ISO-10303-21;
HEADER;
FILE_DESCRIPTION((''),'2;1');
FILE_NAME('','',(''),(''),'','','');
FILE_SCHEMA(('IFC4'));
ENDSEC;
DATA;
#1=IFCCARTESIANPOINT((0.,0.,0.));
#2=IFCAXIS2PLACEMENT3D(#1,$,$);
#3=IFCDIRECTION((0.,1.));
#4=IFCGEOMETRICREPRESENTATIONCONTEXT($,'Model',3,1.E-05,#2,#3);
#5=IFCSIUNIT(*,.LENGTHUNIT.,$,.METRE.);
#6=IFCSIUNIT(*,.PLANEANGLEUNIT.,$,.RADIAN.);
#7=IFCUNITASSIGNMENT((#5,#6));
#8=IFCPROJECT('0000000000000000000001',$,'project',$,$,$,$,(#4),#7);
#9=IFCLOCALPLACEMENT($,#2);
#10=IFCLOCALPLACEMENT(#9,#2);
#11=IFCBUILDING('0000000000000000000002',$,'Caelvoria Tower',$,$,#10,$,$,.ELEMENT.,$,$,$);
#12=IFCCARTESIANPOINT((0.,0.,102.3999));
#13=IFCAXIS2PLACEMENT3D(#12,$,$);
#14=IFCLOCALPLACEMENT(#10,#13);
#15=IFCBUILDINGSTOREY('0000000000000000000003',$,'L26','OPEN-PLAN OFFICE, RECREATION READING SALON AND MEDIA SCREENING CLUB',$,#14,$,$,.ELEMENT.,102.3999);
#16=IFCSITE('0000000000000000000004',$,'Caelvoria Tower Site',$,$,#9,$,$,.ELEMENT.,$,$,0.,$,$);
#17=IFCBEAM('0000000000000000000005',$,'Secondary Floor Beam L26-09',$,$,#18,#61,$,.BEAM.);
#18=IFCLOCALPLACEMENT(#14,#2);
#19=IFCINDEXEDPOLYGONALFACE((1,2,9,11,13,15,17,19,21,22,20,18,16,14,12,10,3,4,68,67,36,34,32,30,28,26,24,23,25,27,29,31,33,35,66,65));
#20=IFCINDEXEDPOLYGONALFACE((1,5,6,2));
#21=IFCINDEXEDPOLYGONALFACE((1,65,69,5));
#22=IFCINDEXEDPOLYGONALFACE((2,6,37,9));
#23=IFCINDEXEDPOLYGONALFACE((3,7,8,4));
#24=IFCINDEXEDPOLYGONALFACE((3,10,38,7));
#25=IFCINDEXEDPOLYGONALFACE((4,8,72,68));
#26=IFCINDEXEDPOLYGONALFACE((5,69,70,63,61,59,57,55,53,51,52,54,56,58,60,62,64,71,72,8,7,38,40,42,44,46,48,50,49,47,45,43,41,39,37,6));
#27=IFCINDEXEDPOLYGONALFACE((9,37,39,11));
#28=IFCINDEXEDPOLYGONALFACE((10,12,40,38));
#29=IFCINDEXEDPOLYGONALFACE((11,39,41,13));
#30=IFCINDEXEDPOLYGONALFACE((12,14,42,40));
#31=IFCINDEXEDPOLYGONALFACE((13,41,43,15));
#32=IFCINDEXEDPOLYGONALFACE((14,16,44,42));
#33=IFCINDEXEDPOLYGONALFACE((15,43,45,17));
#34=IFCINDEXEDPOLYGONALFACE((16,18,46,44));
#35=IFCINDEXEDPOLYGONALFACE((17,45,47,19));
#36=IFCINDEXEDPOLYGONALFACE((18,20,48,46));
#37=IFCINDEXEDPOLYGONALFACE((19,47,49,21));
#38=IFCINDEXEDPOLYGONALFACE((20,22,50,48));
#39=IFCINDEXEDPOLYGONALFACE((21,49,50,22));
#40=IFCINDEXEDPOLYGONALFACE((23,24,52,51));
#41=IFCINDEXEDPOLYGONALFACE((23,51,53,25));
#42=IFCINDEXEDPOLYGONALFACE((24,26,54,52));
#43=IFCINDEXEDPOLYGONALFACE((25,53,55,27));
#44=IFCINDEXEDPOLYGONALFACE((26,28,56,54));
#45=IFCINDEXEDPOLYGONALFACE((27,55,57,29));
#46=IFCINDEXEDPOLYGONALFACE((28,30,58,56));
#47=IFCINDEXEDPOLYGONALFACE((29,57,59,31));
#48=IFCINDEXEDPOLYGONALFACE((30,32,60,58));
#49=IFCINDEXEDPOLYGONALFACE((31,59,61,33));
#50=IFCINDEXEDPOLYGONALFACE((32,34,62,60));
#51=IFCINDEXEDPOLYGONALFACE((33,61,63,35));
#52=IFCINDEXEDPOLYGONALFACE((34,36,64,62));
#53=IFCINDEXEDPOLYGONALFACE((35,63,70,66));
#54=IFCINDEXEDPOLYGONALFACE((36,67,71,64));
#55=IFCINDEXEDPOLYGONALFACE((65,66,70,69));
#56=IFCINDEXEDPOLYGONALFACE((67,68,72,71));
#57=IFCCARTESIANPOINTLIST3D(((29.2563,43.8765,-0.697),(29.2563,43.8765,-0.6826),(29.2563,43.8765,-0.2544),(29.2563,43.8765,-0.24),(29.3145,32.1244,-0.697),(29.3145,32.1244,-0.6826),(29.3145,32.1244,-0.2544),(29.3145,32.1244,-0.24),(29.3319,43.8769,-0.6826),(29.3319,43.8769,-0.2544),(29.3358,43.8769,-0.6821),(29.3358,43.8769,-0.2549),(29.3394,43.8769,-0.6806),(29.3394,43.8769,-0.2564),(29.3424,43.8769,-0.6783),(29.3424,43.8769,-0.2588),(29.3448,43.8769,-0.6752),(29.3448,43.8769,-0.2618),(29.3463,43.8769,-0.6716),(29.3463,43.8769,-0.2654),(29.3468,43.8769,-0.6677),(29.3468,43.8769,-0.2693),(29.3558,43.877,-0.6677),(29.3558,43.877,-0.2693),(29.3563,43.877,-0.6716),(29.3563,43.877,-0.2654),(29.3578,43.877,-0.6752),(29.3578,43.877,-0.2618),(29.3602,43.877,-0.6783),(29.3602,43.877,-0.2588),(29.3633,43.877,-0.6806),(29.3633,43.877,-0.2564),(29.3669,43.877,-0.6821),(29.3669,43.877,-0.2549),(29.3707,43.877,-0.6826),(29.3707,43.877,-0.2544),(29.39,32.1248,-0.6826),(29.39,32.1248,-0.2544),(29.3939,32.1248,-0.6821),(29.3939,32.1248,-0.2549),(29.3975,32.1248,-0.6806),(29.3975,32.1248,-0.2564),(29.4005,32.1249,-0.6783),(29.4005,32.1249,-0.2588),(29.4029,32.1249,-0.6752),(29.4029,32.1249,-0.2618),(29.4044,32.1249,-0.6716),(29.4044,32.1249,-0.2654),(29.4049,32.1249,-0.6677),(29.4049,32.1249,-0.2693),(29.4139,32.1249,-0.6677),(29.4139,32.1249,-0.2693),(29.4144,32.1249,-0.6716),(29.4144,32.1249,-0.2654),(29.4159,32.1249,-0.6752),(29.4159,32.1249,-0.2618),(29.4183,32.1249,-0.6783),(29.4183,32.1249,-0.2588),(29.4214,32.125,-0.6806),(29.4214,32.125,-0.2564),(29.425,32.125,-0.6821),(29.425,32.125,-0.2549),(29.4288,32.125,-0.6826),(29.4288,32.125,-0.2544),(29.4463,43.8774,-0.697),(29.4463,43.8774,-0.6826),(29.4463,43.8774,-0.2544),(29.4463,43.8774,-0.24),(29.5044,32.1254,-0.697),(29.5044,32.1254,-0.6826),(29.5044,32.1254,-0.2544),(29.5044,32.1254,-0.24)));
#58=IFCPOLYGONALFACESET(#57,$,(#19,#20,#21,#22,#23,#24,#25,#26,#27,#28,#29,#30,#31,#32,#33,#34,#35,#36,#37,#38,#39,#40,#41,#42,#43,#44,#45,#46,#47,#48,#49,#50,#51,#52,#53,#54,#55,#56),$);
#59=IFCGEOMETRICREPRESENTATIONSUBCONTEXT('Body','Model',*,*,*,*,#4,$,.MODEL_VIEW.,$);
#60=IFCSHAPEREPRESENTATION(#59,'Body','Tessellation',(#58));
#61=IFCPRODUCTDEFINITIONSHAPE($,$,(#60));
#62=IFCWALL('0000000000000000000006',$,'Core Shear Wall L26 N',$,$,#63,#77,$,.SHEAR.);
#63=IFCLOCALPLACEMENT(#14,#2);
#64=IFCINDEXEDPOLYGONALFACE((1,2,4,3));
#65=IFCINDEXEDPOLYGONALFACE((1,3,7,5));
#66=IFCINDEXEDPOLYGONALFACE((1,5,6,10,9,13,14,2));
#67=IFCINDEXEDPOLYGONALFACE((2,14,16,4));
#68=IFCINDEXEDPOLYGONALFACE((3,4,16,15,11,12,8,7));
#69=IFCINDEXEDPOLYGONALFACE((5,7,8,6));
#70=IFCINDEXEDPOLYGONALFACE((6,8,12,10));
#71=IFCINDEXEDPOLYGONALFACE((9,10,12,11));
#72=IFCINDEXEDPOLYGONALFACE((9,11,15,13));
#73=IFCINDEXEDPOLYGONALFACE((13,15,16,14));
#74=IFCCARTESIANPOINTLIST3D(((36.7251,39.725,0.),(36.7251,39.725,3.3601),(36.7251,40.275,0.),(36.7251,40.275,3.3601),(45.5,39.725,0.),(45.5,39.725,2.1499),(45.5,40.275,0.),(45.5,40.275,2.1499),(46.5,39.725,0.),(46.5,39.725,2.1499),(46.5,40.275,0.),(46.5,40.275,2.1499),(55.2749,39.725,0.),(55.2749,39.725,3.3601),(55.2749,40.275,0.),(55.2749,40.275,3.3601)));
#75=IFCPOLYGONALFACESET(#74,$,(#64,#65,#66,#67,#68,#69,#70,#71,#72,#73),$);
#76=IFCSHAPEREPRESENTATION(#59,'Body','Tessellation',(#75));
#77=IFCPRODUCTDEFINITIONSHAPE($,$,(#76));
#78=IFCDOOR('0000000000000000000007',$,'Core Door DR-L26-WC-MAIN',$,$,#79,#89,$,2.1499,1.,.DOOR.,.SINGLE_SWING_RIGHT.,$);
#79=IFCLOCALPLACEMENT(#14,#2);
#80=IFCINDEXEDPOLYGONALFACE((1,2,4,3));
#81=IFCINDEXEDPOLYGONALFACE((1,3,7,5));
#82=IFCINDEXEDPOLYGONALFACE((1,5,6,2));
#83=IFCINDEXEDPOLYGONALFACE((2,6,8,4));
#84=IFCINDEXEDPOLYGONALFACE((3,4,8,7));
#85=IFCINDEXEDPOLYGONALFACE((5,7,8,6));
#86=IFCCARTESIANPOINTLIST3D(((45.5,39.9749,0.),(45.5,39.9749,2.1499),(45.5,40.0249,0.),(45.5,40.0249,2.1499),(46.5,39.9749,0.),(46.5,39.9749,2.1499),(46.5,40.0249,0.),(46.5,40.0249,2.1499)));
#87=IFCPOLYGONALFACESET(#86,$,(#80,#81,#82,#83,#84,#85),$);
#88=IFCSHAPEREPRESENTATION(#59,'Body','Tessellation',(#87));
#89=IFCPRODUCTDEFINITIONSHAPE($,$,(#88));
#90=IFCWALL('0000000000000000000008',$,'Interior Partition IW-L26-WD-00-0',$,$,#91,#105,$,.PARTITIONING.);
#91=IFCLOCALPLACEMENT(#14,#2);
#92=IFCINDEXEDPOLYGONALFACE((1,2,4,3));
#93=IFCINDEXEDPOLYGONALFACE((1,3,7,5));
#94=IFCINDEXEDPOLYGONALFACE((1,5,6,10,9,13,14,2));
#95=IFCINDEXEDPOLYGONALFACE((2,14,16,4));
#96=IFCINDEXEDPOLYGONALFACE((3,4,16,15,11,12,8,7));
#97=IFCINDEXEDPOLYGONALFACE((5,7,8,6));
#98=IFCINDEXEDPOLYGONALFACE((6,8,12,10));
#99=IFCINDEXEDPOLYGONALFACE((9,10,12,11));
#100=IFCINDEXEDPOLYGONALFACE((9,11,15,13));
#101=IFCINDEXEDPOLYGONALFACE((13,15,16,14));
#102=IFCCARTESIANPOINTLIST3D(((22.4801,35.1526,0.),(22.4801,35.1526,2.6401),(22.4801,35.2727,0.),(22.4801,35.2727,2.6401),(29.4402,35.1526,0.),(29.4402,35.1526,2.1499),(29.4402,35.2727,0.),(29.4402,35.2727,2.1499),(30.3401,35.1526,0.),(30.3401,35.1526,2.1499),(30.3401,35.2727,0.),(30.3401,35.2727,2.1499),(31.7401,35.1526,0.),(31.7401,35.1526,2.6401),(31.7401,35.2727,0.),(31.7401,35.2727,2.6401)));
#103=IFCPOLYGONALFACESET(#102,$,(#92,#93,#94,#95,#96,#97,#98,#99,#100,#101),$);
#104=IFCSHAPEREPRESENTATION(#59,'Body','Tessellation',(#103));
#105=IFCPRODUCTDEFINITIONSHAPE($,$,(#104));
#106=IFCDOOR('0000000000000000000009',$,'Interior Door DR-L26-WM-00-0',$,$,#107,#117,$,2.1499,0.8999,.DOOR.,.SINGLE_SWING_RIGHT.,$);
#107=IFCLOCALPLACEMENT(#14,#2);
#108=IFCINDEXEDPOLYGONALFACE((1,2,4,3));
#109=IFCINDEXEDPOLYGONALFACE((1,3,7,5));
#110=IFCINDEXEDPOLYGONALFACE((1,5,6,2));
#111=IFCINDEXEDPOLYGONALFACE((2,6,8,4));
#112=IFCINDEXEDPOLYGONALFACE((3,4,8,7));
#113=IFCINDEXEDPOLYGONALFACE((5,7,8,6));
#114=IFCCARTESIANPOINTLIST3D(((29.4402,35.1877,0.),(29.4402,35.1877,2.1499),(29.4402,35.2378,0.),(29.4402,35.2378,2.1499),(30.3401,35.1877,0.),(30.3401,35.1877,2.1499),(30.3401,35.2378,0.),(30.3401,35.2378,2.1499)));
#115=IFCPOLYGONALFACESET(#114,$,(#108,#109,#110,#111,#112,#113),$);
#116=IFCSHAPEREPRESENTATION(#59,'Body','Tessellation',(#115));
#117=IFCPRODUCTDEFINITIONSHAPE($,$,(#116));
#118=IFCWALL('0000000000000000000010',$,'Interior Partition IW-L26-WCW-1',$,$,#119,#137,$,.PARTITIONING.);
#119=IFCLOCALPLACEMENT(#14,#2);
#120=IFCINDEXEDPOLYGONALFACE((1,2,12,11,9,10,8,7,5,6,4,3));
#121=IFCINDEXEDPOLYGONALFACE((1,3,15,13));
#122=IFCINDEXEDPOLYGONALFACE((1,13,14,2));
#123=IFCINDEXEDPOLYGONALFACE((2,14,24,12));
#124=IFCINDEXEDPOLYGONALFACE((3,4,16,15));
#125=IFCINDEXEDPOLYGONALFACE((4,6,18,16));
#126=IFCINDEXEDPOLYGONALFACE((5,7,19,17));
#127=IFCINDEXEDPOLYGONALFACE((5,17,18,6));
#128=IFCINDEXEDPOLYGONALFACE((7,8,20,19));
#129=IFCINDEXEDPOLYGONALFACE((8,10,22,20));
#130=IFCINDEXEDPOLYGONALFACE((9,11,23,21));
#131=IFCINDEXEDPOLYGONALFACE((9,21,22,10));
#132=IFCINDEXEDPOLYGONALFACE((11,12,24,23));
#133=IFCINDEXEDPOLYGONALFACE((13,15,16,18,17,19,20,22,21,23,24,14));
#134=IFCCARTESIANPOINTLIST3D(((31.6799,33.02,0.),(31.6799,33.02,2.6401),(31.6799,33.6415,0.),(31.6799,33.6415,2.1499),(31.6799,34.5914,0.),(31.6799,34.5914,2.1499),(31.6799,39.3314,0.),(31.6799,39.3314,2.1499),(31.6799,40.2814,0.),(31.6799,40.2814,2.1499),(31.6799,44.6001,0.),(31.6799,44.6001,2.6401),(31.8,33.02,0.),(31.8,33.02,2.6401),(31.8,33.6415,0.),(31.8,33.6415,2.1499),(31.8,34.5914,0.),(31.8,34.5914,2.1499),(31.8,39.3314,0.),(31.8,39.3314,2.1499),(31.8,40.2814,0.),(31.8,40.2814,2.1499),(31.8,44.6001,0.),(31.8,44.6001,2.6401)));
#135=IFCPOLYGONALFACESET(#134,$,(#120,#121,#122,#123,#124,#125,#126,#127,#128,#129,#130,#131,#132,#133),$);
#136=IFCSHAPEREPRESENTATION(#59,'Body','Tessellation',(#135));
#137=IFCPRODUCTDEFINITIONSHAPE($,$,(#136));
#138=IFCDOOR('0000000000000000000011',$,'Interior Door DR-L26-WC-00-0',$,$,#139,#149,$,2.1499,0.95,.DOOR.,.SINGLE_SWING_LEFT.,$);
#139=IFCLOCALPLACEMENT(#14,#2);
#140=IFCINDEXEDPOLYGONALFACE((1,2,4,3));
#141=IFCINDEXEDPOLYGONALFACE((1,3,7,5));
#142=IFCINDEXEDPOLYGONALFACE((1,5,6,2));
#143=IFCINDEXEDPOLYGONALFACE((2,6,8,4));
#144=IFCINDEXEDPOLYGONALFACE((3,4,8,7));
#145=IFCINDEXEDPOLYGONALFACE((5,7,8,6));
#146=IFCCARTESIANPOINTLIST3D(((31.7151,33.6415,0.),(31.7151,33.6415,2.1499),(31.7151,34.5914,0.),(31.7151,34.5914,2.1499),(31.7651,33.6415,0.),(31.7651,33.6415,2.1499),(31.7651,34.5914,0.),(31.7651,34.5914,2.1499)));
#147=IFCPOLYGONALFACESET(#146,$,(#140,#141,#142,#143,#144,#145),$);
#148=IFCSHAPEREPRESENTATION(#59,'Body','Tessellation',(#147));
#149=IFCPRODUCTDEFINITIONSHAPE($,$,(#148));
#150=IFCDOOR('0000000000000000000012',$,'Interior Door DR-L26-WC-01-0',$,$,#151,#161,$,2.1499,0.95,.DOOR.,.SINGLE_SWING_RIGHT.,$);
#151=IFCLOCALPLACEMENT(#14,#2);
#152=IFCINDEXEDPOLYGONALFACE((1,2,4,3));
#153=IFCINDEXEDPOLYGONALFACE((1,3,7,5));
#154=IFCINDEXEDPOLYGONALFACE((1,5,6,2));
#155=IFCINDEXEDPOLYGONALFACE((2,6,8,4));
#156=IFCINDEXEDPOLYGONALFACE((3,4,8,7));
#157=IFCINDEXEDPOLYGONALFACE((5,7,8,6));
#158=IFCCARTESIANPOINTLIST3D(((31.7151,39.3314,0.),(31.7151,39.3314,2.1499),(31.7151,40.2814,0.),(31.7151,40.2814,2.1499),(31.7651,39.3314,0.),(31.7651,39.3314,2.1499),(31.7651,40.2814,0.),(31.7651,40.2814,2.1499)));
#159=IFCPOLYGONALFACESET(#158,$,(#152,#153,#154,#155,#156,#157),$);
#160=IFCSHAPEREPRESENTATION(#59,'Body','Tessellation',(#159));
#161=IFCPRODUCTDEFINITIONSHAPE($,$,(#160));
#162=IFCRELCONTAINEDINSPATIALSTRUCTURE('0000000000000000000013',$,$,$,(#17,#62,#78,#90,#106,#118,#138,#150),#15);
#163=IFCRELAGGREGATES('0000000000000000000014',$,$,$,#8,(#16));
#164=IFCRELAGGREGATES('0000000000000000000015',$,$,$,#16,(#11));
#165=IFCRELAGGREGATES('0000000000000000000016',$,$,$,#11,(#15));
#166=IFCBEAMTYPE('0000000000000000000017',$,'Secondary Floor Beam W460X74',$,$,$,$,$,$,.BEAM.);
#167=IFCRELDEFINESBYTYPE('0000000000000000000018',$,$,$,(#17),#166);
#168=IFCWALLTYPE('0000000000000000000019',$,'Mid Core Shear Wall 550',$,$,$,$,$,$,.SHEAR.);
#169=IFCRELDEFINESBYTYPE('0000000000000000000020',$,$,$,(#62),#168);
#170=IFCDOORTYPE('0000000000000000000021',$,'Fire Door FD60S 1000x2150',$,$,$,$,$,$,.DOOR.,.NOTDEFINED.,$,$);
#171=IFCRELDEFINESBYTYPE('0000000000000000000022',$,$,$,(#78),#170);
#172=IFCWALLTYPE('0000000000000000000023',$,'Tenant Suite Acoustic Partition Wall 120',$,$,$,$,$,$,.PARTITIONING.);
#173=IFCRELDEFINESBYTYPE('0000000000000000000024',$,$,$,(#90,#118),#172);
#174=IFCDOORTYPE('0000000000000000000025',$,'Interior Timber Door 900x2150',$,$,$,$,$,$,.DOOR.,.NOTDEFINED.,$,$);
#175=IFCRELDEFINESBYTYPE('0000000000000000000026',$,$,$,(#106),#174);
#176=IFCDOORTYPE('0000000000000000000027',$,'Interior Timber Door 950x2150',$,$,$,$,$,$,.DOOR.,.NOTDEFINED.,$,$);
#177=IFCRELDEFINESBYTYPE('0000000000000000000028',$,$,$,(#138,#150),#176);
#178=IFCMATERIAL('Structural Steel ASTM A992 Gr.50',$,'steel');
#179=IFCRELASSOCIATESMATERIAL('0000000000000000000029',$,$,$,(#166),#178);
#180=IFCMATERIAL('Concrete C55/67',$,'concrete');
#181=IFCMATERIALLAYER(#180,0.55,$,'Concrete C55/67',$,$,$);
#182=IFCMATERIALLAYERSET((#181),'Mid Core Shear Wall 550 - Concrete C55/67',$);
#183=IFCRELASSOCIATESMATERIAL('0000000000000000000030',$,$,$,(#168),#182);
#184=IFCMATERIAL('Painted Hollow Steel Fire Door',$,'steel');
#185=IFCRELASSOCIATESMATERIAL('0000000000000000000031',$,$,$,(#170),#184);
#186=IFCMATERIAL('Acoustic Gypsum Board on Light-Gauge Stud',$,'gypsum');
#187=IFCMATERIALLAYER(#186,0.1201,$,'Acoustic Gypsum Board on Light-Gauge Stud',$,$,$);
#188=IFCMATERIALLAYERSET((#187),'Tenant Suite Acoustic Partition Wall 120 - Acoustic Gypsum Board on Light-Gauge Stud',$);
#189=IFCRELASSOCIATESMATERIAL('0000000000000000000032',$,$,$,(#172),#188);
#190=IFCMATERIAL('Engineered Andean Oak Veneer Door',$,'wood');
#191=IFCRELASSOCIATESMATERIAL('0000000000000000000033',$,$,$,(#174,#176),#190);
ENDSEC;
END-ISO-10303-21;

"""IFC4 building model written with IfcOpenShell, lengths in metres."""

from ifc_helpers import new_model, si_unit, direction, frame, frame_2d, origin, origin_2d, place, context, subcontext, project, spatial, rectangle, i_section, extrude, material, layer, layer_set, material_profile, profile_set, type_object, element, fill, save


model = new_model("IFC4")

# Units and contexts
model_context = context("Model", 3, precision=1e-05, world=origin(), true_north=direction((0.0, 1.0)))
body_context = subcontext(model_context, "Body", "Model", "MODEL_VIEW")
ifc_project = project(units=[si_unit("LENGTHUNIT", "METRE"), si_unit("PLANEANGLEUNIT", "RADIAN")], contexts=[model_context])

# Site, building, storey
site_placement = place(None, origin())
site = spatial("IfcSite", under=ifc_project, at=site_placement, Name="Caelvoria Tower Site", CompositionType="ELEMENT", RefElevation=0.0)
building_placement = place(site_placement, origin())
building = spatial("IfcBuilding", under=site, at=building_placement, Name="Caelvoria Tower", CompositionType="ELEMENT")
storey_placement = place(building_placement, frame((0.0, 0.0, 102.3999)))
storey = spatial("IfcBuildingStorey", under=building, at=storey_placement, Name="L26", Description="OPEN-PLAN OFFICE, RECREATION READING SALON AND MEDIA SCREENING CLUB", CompositionType="ELEMENT", Elevation=102.3999)

# Beam
ifc_material_1 = material(Name="Structural Steel ASTM A992 Gr.50", Category="steel")
ifc_material_profile = material_profile(ifc_material_1, i_section(OverallWidth=0.1899, OverallDepth=0.457, WebThickness=0.009, FlangeThickness=0.0144, FilletRadius=0.0149, at=origin_2d()), Name="Structural Steel ASTM A992 Gr.50")
ifc_profile_set = profile_set([ifc_material_profile], Name="W460X74 - Structural Steel ASTM A992 Gr.50")
beam_type = type_object("IfcBeamType", Name="Secondary Floor Beam W460X74", PredefinedType="BEAM", material=ifc_profile_set)
beam_placement = place(storey_placement, frame((29.3513, 43.877, -0.4685), z_axis=(0.004944, -0.999988, 0.0), x_axis=(0.999988, 0.004944, 0.0)))
element("IfcBeam", 1, at=beam_placement, inside=storey, type_object=beam_type, Name="Secondary Floor Beam L26-09", PredefinedType="BEAM", context=body_context, shape_type="SweptSolid", body=[
    extrude(i_section(OverallWidth=0.1899, OverallDepth=0.457, WebThickness=0.009, FlangeThickness=0.0144, FilletRadius=0.0149, at=origin_2d()), origin(), (0.0, 0.0, 1.0), 11.7522),
])

# Walls, openings, doors
ifc_material_2 = material(Name="Concrete C55/67", Category="concrete")
ifc_layer_1 = layer(ifc_material_2, 0.55, Name="Concrete C55/67")
ifc_layer_set_1 = layer_set([ifc_layer_1], Name="Mid Core Shear Wall 550 - Concrete C55/67")
wall_type_1 = type_object("IfcWallType", Name="Mid Core Shear Wall 550", PredefinedType="SHEAR", material=ifc_layer_set_1)
wall_1_placement = place(storey_placement, frame((36.7251, 40.0, 0.0), z_axis=(0.0, 0.0, 1.0), x_axis=(1.0, 0.0, 0.0)))
wall_1 = element("IfcWall", 2, at=wall_1_placement, inside=storey, type_object=wall_type_1, Name="Core Shear Wall L26 N", PredefinedType="SHEAR", context=body_context, shape_type="SweptSolid", body=[
    extrude(rectangle(XDim=18.5498, YDim=0.55, at=frame_2d((9.2749, 0.0))), origin(), (0.0, 0.0, 1.0), 3.3601),
])
opening_1_placement = place(wall_1_placement, frame((8.7749, 0.0, 0.0)))
opening_1 = element("IfcOpeningElement", 3, at=opening_1_placement, cuts=wall_1, PredefinedType="OPENING", context=body_context, shape_type="SweptSolid", body=[
    extrude(rectangle(XDim=1.0, YDim=2.1499, at=frame_2d((0.5, 1.075))), frame((0.0, 0.2849, 0.0), z_axis=(0.0, -1.0, 0.0), x_axis=(1.0, 0.0, 0.0)), (0.0, 0.0, 1.0), 0.5701),
])
ifc_material_3 = material(Name="Painted Hollow Steel Fire Door", Category="steel")
door_type_1 = type_object("IfcDoorType", Name="Fire Door FD60S 1000x2150", OperationType="NOTDEFINED", PredefinedType="DOOR", material=ifc_material_3)
door_1_placement = place(opening_1_placement, origin())
door_1 = element("IfcDoor", 4, at=door_1_placement, inside=storey, type_object=door_type_1, Name="Core Door DR-L26-WC-MAIN", OperationType="SINGLE_SWING_RIGHT", OverallHeight=2.1499, OverallWidth=1.0, PredefinedType="DOOR", context=body_context, shape_type="SweptSolid", body=[
    extrude(rectangle(XDim=1.0, YDim=2.1499, at=frame_2d((0.5, 1.075))), frame((0.0, 0.0249, 0.0), z_axis=(0.0, -1.0, 0.0), x_axis=(1.0, 0.0, 0.0)), (0.0, 0.0, 1.0), 0.05),
])
fill(opening_1, door_1)
ifc_material_4 = material(Name="Acoustic Gypsum Board on Light-Gauge Stud", Category="gypsum")
ifc_layer_2 = layer(ifc_material_4, 0.1201, Name="Acoustic Gypsum Board on Light-Gauge Stud")
ifc_layer_set_2 = layer_set([ifc_layer_2], Name="Tenant Suite Acoustic Partition Wall 120 - Acoustic Gypsum Board on Light-Gauge Stud")
wall_type_2 = type_object("IfcWallType", Name="Tenant Suite Acoustic Partition Wall 120", PredefinedType="PARTITIONING", material=ifc_layer_set_2)
wall_2_placement = place(storey_placement, frame((31.74, 35.2126, 0.0), z_axis=(0.0, 0.0, 1.0), x_axis=(-1.0, 0.0, 0.0)))
wall_2 = element("IfcWall", 5, at=wall_2_placement, inside=storey, type_object=wall_type_2, Name="Interior Partition IW-L26-WD-00-0", PredefinedType="PARTITIONING", context=body_context, shape_type="SweptSolid", body=[
    extrude(rectangle(XDim=9.26, YDim=0.1201, at=frame_2d((4.6299, 0.0))), origin(), (0.0, 0.0, 1.0), 2.6401),
])
opening_2_placement = place(wall_2_placement, frame((1.3999, 0.0, 0.0)))
opening_2 = element("IfcOpeningElement", 6, at=opening_2_placement, cuts=wall_2, PredefinedType="OPENING", context=body_context, shape_type="SweptSolid", body=[
    extrude(rectangle(XDim=0.8999, YDim=2.1499, at=frame_2d((0.45, 1.075))), frame((0.0, 0.0701, 0.0), z_axis=(0.0, -1.0, 0.0), x_axis=(1.0, 0.0, 0.0)), (0.0, 0.0, 1.0), 0.1401),
])
ifc_material_5 = material(Name="Engineered Andean Oak Veneer Door", Category="wood")
door_type_2 = type_object("IfcDoorType", Name="Interior Timber Door 900x2150", OperationType="NOTDEFINED", PredefinedType="DOOR", material=ifc_material_5)
door_2_placement = place(opening_2_placement, origin())
door_2 = element("IfcDoor", 7, at=door_2_placement, inside=storey, type_object=door_type_2, Name="Interior Door DR-L26-WM-00-0", OperationType="SINGLE_SWING_RIGHT", OverallHeight=2.1499, OverallWidth=0.8999, PredefinedType="DOOR", context=body_context, shape_type="SweptSolid", body=[
    extrude(rectangle(XDim=0.8999, YDim=2.1499, at=frame_2d((0.45, 1.075))), frame((0.0, 0.0249, 0.0), z_axis=(0.0, -1.0, 0.0), x_axis=(1.0, 0.0, 0.0)), (0.0, 0.0, 1.0), 0.05),
])
fill(opening_2, door_2)

# Wall, openings, doors
wall_3_placement = place(storey_placement, frame((31.74, 33.02, 0.0), z_axis=(0.0, 0.0, 1.0), x_axis=(0.0, 1.0, 0.0)))
wall_3 = element("IfcWall", 8, at=wall_3_placement, inside=storey, type_object=wall_type_2, Name="Interior Partition IW-L26-WCW-1", PredefinedType="PARTITIONING", context=body_context, shape_type="SweptSolid", body=[
    extrude(rectangle(XDim=11.5801, YDim=0.1201, at=frame_2d((5.79, 0.0))), origin(), (0.0, 0.0, 1.0), 2.6401),
])
opening_3_placement = place(wall_3_placement, frame((0.6213, 0.0, 0.0)))
opening_3 = element("IfcOpeningElement", 9, at=opening_3_placement, cuts=wall_3, PredefinedType="OPENING", context=body_context, shape_type="SweptSolid", body=[
    extrude(rectangle(XDim=0.95, YDim=2.1499, at=frame_2d((0.4751, 1.075))), frame((0.0, 0.0701, 0.0), z_axis=(0.0, -1.0, 0.0), x_axis=(1.0, 0.0, 0.0)), (0.0, 0.0, 1.0), 0.1401),
])
opening_4_placement = place(wall_3_placement, frame((6.3113, 0.0, 0.0)))
opening_4 = element("IfcOpeningElement", 10, at=opening_4_placement, cuts=wall_3, PredefinedType="OPENING", context=body_context, shape_type="SweptSolid", body=[
    extrude(rectangle(XDim=0.95, YDim=2.1499, at=frame_2d((0.4751, 1.075))), frame((0.0, 0.0701, 0.0), z_axis=(0.0, -1.0, 0.0), x_axis=(1.0, 0.0, 0.0)), (0.0, 0.0, 1.0), 0.1401),
])
door_type_3 = type_object("IfcDoorType", Name="Interior Timber Door 950x2150", OperationType="NOTDEFINED", PredefinedType="DOOR", material=ifc_material_5)
door_3_placement = place(opening_3_placement, origin())
door_3 = element("IfcDoor", 11, at=door_3_placement, inside=storey, type_object=door_type_3, Name="Interior Door DR-L26-WC-00-0", OperationType="SINGLE_SWING_LEFT", OverallHeight=2.1499, OverallWidth=0.95, PredefinedType="DOOR", context=body_context, shape_type="SweptSolid", body=[
    extrude(rectangle(XDim=0.95, YDim=2.1499, at=frame_2d((0.4751, 1.075))), frame((0.0, 0.0249, 0.0), z_axis=(0.0, -1.0, 0.0), x_axis=(1.0, 0.0, 0.0)), (0.0, 0.0, 1.0), 0.05),
])
fill(opening_3, door_3)
door_4_placement = place(opening_4_placement, origin())
door_4 = element("IfcDoor", 12, at=door_4_placement, inside=storey, type_object=door_type_3, Name="Interior Door DR-L26-WC-01-0", OperationType="SINGLE_SWING_RIGHT", OverallHeight=2.1499, OverallWidth=0.95, PredefinedType="DOOR", context=body_context, shape_type="SweptSolid", body=[
    extrude(rectangle(XDim=0.95, YDim=2.1499, at=frame_2d((0.4751, 1.075))), frame((0.0, 0.0249, 0.0), z_axis=(0.0, -1.0, 0.0), x_axis=(1.0, 0.0, 0.0)), (0.0, 0.0, 1.0), 0.05),
])
fill(opening_4, door_4)

save(model, "model.ifc")
